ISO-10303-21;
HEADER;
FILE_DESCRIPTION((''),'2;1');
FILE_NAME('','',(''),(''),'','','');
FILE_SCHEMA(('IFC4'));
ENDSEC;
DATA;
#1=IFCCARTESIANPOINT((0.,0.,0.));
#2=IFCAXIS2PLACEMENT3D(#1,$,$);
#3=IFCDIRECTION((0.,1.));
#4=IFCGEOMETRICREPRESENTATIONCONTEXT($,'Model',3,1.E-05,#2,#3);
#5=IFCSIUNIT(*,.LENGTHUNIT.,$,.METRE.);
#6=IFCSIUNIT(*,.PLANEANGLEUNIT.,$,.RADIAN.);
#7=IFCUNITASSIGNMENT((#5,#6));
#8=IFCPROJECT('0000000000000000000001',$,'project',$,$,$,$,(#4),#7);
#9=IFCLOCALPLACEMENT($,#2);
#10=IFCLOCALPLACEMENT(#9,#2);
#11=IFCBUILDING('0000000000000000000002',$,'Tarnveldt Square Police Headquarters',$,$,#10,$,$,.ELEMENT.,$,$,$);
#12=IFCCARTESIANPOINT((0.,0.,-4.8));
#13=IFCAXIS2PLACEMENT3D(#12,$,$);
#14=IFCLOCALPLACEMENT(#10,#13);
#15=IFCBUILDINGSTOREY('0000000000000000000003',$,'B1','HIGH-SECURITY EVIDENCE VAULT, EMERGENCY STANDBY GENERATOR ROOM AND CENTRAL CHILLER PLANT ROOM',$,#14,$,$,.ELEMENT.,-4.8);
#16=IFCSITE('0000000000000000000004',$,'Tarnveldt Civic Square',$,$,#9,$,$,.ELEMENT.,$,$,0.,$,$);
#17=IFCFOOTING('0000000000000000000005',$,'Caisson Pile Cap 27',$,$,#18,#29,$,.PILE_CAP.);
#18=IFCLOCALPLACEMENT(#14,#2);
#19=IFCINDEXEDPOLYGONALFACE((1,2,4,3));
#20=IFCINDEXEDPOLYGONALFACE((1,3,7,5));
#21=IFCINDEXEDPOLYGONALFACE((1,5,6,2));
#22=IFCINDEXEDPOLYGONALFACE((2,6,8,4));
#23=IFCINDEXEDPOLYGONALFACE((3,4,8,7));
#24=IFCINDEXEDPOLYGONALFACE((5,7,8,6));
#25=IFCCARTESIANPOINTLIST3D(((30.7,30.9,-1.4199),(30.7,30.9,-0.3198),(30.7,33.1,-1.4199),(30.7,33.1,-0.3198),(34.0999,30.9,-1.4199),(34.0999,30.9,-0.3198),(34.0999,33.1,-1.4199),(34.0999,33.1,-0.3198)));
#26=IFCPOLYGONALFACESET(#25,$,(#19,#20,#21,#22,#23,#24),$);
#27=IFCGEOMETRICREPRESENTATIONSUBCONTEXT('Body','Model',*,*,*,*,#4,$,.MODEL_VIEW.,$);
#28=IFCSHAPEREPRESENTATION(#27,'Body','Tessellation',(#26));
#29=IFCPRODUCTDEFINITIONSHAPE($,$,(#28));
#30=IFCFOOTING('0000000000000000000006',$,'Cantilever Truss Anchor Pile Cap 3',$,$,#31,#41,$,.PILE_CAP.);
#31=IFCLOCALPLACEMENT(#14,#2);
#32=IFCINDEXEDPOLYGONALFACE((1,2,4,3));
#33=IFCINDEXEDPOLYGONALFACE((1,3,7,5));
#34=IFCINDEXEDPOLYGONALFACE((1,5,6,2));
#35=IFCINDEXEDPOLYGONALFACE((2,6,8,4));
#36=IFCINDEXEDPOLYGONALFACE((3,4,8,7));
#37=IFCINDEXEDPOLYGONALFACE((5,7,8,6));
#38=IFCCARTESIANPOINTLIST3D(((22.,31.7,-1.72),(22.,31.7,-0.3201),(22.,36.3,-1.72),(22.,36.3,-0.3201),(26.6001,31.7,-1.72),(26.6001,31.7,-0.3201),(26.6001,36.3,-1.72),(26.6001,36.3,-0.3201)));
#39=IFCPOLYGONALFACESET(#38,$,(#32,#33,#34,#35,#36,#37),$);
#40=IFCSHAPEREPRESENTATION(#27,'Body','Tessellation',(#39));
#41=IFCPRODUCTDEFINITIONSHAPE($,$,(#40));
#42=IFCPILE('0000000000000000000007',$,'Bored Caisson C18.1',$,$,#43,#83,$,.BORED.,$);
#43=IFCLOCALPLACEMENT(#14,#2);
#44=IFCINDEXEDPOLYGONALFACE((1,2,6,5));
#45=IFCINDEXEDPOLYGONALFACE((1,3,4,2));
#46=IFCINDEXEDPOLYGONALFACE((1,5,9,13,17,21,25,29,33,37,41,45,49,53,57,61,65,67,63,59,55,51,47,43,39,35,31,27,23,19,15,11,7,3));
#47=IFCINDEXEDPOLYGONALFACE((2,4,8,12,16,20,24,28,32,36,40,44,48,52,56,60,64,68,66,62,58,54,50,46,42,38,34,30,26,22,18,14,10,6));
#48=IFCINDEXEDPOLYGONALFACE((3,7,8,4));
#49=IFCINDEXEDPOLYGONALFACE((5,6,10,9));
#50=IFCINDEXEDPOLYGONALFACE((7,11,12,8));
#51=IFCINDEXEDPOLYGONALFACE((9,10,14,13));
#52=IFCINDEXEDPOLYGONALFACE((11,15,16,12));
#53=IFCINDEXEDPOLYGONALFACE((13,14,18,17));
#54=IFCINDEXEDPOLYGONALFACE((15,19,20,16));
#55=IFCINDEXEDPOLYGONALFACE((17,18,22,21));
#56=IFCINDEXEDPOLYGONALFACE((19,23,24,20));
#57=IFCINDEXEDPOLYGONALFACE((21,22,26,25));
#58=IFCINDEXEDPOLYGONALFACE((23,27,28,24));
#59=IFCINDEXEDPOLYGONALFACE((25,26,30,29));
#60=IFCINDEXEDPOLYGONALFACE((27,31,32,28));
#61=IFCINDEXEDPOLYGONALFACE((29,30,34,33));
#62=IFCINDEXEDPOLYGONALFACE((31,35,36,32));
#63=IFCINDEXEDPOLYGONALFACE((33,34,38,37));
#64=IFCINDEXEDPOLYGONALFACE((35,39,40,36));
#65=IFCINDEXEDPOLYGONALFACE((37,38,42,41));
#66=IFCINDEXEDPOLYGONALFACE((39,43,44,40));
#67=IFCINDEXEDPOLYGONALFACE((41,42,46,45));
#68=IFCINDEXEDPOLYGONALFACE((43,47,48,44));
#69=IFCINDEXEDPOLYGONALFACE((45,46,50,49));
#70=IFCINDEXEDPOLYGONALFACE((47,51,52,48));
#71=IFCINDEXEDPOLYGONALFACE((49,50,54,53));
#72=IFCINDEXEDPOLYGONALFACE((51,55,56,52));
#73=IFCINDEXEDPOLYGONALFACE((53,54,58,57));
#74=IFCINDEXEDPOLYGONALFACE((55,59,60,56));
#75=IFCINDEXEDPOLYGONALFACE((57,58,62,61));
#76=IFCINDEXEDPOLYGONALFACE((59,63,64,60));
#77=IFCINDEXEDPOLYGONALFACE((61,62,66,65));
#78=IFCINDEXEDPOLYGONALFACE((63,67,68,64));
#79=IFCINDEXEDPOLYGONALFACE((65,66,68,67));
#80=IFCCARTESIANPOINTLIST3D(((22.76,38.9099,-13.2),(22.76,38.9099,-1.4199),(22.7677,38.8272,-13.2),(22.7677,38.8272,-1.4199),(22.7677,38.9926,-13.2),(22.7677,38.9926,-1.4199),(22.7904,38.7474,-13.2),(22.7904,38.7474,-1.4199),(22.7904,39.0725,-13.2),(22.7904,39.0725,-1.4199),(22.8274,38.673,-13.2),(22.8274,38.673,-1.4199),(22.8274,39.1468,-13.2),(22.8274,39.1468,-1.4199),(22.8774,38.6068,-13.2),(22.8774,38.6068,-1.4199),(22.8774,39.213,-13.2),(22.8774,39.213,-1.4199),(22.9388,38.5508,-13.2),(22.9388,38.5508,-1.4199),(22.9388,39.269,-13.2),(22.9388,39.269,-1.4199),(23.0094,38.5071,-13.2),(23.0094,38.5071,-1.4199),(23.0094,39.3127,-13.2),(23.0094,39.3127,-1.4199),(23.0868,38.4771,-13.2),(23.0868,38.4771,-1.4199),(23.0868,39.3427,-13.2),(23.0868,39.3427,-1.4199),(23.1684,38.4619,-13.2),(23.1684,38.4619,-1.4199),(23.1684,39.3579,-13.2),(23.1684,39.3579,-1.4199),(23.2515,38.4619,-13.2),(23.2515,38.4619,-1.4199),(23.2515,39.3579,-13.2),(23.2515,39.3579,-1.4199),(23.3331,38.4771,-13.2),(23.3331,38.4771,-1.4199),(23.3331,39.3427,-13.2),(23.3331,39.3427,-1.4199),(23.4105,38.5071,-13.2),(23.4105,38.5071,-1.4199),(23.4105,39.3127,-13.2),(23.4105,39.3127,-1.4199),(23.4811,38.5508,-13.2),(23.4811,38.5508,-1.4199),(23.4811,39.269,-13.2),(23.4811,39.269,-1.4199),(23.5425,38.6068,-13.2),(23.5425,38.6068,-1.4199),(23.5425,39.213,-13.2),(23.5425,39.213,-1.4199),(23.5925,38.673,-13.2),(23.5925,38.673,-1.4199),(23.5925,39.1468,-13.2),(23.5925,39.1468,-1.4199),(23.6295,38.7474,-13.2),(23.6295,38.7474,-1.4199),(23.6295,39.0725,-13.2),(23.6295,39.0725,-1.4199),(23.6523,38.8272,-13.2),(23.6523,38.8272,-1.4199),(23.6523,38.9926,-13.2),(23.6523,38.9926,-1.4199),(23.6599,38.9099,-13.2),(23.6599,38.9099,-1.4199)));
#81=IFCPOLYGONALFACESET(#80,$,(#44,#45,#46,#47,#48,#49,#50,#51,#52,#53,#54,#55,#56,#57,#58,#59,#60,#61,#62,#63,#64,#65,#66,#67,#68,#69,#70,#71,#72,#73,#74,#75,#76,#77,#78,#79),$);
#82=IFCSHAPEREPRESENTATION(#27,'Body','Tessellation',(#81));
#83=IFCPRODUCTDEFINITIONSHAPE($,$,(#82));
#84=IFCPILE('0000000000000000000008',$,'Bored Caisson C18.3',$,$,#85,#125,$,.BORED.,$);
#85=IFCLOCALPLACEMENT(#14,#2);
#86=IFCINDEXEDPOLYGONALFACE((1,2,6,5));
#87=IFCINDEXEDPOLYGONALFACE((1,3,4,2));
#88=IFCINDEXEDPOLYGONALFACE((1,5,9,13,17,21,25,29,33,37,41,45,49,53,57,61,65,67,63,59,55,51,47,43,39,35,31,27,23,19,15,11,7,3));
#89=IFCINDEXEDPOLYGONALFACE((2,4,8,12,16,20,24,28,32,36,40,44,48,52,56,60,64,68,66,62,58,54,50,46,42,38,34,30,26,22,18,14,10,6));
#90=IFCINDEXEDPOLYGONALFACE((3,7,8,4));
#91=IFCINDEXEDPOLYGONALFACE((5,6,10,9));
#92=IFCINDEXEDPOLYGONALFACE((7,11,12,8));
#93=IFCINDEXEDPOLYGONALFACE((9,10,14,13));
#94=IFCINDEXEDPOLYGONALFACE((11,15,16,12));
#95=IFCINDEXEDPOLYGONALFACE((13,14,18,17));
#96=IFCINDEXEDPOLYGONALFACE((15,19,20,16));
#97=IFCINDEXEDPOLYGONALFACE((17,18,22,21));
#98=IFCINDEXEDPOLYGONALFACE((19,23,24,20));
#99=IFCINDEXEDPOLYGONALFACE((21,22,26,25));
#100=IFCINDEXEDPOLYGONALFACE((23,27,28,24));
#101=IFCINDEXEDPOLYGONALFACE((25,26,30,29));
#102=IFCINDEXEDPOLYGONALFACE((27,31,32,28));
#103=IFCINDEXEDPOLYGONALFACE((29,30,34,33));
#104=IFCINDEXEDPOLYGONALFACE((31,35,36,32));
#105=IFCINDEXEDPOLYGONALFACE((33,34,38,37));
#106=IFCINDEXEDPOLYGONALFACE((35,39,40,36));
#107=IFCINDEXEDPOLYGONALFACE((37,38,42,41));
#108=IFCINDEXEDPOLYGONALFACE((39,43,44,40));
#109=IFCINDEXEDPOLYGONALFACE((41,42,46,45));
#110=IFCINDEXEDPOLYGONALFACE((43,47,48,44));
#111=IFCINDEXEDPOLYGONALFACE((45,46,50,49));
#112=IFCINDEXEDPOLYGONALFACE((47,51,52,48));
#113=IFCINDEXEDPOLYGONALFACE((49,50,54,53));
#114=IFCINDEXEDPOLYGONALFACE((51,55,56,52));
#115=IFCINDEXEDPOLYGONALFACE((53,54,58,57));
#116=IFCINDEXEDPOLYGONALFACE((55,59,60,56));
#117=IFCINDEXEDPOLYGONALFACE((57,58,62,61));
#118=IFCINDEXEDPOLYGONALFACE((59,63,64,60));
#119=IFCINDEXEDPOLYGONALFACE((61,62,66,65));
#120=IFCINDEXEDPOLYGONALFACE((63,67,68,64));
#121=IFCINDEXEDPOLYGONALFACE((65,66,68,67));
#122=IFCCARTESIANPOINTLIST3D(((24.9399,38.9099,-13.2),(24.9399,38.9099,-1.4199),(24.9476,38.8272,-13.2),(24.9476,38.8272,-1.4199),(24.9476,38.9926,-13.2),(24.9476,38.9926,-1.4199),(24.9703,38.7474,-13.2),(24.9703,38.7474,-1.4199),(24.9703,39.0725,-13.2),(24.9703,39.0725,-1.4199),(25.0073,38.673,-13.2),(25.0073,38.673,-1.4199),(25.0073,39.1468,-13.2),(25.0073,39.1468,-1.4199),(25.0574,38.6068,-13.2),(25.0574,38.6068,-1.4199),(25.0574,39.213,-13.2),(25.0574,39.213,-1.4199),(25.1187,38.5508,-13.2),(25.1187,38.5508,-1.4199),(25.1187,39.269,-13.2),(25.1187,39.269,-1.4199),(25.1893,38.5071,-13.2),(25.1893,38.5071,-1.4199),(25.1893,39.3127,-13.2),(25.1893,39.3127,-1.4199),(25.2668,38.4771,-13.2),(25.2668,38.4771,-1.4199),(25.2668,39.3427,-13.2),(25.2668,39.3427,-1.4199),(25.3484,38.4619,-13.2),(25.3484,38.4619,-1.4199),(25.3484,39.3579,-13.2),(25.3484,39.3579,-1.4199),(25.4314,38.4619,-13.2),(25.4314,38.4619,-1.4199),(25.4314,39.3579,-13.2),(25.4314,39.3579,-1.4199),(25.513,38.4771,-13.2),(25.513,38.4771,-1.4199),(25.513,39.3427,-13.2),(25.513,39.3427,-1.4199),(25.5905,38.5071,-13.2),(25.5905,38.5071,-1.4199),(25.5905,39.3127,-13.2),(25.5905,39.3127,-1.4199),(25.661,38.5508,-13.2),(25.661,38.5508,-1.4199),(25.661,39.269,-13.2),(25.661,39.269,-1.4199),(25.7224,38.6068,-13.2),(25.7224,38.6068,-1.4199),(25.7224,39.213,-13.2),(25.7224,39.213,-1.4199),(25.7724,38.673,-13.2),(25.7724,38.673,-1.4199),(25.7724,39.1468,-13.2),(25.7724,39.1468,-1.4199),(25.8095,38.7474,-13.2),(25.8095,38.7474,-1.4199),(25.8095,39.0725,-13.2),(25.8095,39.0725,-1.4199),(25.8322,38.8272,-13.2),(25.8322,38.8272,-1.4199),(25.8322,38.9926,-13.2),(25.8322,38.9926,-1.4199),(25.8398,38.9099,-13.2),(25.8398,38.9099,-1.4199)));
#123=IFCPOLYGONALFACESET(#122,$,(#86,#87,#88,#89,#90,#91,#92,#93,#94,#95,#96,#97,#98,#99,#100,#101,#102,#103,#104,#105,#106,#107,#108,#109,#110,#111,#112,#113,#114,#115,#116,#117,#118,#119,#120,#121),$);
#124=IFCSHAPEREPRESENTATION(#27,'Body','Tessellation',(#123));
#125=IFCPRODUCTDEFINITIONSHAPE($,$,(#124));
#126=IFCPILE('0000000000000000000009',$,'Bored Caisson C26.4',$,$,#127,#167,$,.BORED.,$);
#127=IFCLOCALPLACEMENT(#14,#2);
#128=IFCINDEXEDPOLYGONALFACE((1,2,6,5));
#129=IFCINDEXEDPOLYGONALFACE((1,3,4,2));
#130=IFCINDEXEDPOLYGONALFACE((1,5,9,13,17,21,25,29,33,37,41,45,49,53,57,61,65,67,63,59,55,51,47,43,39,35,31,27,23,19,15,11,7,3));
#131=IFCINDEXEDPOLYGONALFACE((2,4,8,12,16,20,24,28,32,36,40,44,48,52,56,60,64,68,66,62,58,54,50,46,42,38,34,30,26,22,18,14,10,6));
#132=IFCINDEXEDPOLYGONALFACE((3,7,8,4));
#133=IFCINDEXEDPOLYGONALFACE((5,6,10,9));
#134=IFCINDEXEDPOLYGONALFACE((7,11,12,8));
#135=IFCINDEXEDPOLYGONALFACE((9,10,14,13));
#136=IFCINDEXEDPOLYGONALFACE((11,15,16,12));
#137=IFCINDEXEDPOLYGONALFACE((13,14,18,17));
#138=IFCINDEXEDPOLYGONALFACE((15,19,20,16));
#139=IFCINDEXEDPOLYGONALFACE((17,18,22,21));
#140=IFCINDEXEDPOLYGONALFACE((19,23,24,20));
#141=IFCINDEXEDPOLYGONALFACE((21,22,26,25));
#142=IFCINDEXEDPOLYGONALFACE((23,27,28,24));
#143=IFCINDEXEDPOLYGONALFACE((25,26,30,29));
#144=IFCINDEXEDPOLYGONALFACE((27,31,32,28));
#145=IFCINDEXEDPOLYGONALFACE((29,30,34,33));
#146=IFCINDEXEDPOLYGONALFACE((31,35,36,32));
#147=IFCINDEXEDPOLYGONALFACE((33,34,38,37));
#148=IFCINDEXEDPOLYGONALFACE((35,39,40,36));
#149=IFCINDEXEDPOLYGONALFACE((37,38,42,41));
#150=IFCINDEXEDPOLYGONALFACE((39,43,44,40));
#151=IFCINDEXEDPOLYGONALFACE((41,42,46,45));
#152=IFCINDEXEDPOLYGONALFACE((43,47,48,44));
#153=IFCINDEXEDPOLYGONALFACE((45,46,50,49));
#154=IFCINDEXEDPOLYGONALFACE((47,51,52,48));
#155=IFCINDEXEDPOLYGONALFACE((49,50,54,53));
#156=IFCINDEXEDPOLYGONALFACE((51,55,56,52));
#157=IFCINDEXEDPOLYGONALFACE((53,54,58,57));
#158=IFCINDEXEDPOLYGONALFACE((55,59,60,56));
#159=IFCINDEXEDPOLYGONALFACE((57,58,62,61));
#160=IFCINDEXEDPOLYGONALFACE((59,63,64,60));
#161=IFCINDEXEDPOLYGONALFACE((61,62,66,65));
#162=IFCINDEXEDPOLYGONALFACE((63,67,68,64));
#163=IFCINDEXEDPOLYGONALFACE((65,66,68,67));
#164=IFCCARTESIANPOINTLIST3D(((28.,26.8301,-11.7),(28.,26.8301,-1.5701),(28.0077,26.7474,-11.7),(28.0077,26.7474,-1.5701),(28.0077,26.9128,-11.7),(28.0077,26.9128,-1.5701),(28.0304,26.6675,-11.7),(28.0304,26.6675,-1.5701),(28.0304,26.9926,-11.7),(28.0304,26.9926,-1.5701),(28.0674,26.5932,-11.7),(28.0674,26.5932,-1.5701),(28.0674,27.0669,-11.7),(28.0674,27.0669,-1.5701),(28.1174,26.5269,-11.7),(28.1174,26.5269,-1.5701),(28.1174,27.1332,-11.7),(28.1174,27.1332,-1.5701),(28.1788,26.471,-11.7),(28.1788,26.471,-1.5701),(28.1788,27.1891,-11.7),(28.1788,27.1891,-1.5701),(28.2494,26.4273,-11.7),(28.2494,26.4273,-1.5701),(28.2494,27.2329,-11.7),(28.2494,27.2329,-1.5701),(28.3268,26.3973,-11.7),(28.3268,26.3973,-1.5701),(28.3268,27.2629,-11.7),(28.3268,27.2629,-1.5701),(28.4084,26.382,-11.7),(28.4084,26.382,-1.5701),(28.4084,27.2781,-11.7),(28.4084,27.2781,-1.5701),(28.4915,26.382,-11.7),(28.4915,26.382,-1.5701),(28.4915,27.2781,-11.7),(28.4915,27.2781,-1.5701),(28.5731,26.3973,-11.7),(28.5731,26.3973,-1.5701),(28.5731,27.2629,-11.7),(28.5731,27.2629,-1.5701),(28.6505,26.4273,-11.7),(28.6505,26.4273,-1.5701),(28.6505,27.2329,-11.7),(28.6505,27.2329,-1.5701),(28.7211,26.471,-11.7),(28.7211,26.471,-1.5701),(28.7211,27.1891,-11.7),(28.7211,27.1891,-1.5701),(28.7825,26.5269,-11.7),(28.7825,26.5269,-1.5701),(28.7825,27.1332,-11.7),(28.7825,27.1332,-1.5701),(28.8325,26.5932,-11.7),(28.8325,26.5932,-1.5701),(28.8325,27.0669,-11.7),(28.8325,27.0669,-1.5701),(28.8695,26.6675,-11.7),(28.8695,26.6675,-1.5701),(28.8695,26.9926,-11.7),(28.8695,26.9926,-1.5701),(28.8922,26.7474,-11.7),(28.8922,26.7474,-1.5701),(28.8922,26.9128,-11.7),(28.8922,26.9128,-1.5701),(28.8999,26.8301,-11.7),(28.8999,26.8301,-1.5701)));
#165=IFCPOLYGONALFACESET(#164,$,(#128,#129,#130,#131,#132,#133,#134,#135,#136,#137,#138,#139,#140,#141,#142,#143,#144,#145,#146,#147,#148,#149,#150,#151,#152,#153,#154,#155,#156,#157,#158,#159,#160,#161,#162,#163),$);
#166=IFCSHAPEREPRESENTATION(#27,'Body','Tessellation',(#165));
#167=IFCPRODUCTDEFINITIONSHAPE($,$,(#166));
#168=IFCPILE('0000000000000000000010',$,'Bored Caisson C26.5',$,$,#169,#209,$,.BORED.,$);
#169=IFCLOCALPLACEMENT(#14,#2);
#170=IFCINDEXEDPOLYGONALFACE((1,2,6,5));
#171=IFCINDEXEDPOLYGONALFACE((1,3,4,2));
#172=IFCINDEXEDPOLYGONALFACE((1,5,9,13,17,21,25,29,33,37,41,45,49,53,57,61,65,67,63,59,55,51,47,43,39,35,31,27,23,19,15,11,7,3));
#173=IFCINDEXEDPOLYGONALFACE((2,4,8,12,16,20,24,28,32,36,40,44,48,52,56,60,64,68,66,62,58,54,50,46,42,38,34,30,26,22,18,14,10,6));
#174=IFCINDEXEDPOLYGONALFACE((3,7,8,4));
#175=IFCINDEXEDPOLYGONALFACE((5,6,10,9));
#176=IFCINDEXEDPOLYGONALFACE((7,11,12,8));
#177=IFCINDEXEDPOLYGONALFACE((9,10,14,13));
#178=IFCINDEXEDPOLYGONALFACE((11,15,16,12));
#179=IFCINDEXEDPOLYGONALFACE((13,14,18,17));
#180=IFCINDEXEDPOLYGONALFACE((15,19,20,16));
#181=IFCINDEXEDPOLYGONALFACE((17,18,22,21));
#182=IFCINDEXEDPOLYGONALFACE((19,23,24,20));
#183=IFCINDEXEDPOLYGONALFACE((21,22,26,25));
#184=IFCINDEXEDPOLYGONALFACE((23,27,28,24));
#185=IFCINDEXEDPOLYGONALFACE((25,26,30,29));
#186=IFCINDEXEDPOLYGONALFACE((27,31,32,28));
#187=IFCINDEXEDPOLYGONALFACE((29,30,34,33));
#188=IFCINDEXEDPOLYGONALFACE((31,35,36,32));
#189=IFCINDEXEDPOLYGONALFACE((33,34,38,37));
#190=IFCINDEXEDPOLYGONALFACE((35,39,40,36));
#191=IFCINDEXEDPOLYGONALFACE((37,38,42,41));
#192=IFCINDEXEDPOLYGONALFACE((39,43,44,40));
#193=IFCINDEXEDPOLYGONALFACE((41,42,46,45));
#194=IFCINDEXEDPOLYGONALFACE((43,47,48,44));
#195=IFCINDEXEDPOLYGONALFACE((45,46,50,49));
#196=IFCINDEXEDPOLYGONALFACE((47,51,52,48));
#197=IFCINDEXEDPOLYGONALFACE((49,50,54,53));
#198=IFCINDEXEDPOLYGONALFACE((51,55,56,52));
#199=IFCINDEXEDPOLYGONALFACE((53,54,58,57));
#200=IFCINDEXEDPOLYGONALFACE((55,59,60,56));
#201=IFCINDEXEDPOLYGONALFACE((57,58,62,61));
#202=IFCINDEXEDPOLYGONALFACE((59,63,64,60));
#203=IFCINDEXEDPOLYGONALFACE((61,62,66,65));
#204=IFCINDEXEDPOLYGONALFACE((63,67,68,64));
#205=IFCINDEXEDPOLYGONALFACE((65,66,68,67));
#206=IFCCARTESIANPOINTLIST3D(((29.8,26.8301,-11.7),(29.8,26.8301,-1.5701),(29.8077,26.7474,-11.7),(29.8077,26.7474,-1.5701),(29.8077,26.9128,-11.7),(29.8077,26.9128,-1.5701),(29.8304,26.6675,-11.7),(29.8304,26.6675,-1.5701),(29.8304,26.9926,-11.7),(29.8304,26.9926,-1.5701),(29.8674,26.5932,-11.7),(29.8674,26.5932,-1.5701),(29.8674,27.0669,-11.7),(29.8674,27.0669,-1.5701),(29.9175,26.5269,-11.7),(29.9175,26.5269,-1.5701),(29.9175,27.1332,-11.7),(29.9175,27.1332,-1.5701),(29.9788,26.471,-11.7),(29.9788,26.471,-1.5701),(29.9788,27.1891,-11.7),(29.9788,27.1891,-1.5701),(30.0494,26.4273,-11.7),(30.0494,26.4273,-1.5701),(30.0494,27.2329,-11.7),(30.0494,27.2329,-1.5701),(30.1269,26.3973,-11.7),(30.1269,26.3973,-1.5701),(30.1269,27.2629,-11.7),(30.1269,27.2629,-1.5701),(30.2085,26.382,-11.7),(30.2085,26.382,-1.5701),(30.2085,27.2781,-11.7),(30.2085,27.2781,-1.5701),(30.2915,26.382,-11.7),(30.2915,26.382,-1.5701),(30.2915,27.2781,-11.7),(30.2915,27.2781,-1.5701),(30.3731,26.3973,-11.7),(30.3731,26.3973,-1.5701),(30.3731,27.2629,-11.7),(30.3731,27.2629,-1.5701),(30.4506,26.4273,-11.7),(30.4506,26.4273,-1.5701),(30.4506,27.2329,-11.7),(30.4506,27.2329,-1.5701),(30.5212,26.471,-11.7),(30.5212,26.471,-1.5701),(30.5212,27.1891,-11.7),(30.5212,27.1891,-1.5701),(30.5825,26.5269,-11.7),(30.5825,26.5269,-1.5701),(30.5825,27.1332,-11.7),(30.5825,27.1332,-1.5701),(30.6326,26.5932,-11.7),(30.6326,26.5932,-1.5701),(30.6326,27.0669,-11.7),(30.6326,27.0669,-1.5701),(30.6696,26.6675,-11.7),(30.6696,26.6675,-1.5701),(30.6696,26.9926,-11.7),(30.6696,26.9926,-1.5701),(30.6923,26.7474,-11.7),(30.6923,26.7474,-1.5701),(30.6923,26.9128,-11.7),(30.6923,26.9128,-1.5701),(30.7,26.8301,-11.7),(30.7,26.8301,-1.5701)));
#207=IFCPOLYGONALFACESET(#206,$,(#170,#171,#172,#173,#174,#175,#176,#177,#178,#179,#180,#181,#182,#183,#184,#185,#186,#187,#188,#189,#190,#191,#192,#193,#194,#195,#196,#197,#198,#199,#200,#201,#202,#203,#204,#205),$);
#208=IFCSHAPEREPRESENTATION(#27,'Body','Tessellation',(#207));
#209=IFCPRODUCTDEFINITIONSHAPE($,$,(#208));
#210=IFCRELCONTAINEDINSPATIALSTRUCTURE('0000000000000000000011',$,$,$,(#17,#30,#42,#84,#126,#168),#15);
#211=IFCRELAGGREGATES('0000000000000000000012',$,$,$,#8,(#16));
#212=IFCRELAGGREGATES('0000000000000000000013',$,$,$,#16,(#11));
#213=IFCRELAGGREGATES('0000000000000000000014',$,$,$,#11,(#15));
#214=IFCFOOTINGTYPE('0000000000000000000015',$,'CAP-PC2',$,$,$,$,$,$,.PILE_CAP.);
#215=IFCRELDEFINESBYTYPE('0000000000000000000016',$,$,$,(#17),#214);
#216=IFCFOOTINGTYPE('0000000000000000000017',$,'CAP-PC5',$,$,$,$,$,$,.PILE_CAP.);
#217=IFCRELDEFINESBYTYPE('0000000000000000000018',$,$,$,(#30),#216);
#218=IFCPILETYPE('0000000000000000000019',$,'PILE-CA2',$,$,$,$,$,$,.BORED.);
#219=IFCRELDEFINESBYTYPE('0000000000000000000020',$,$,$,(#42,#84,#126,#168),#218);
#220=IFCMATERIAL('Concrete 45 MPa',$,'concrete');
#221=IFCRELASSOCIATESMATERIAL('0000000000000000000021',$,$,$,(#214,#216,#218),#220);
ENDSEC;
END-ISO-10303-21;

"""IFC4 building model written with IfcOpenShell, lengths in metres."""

from ifc_helpers import new_model, si_unit, direction, frame, origin, origin_2d, place, context, subcontext, project, spatial, rectangle, circle, extrude, material, material_profile, profile_set, type_object, element, save


model = new_model("IFC4")

# Units and contexts
model_context = context("Model", 3, precision=1e-05, world=origin(), true_north=direction((0.0, 1.0)))
body_context = subcontext(model_context, "Body", "Model", "MODEL_VIEW")
ifc_project = project(units=[si_unit("LENGTHUNIT", "METRE"), si_unit("PLANEANGLEUNIT", "RADIAN")], contexts=[model_context])

# Site, building, storey
site_placement = place(None, origin())
site = spatial("IfcSite", under=ifc_project, at=site_placement, Name="Tarnveldt Civic Square", CompositionType="ELEMENT", RefElevation=0.0)
building_placement = place(site_placement, origin())
building = spatial("IfcBuilding", under=site, at=building_placement, Name="Tarnveldt Square Police Headquarters", CompositionType="ELEMENT")
storey_placement = place(building_placement, frame((0.0, 0.0, -4.8)))
storey = spatial("IfcBuildingStorey", under=building, at=storey_placement, Name="B1", Description="HIGH-SECURITY EVIDENCE VAULT, EMERGENCY STANDBY GENERATOR ROOM AND CENTRAL CHILLER PLANT ROOM", CompositionType="ELEMENT", Elevation=-4.8)

# Footings
ifc_material_1 = material(Name="Concrete 45 MPa", Category="concrete")
footing_type_1 = type_object("IfcFootingType", Name="CAP-PC2", PredefinedType="PILE_CAP", material=ifc_material_1)
footing_1_placement = place(storey_placement, frame((32.3999, 32.0, -1.4199), z_axis=(0.0, 0.0, 1.0), x_axis=(1.0, 0.0, 0.0)))
element("IfcFooting", 1, at=footing_1_placement, inside=storey, type_object=footing_type_1, Name="Caisson Pile Cap 27", PredefinedType="PILE_CAP", context=body_context, shape_type="SweptSolid", body=[
    extrude(rectangle(XDim=3.3999, YDim=2.2, at=origin_2d()), origin(), (0.0, 0.0, 1.0), 1.1001),
])
footing_type_2 = type_object("IfcFootingType", Name="CAP-PC5", PredefinedType="PILE_CAP", material=ifc_material_1)
footing_2_placement = place(storey_placement, frame((24.3, 34.0, -1.72), z_axis=(0.0, 0.0, 1.0), x_axis=(1.0, 0.0, 0.0)))
element("IfcFooting", 2, at=footing_2_placement, inside=storey, type_object=footing_type_2, Name="Cantilever Truss Anchor Pile Cap 3", PredefinedType="PILE_CAP", context=body_context, shape_type="SweptSolid", body=[
    extrude(rectangle(XDim=4.6001, YDim=4.6001, at=origin_2d()), origin(), (0.0, 0.0, 1.0), 1.3999),
])

# Piles
ifc_material_profile_1 = material_profile(ifc_material_1, circle(Radius=0.45, at=origin_2d()), Name="CAISSON-D900")
ifc_profile_set_1 = profile_set([ifc_material_profile_1], Name="Concrete 45 MPa")
pile_type_1 = type_object("IfcPileType", Name="PILE-CA2", PredefinedType="BORED", material=ifc_profile_set_1)
for number, where, z_axis, x_axis, name in (
    (3, (23.21, 38.9099, -1.4199), (0.0, 0.0, -1.0), (1.0, 0.0, 0.0), "Bored Caisson C18.1"),
    (4, (25.3899, 38.9099, -1.4199), (0.0, 0.0, -1.0), (1.0, 0.0, 0.0), "Bored Caisson C18.3"),
):
    element("IfcPile", number, at=place(storey_placement, frame(where, z_axis=z_axis, x_axis=x_axis)), inside=storey, type_object=pile_type_1, Name=name, PredefinedType="BORED", context=body_context, shape_type="SweptSolid", body=[
        extrude(circle(Radius=0.45, at=origin_2d()), origin(), (0.0, 0.0, 1.0), 11.78),
    ])
for number, where, z_axis, x_axis, name in (
    (5, (28.45, 26.8301, -1.5701), (0.0, 0.0, -1.0), (1.0, 0.0, 0.0), "Bored Caisson C26.4"),
    (6, (30.25, 26.8301, -1.5701), (0.0, 0.0, -1.0), (1.0, 0.0, 0.0), "Bored Caisson C26.5"),
):
    element("IfcPile", number, at=place(storey_placement, frame(where, z_axis=z_axis, x_axis=x_axis)), inside=storey, type_object=pile_type_1, Name=name, PredefinedType="BORED", context=body_context, shape_type="SweptSolid", body=[
        extrude(circle(Radius=0.45, at=origin_2d()), origin(), (0.0, 0.0, 1.0), 10.1299),
    ])

save(model, "model.ifc")
